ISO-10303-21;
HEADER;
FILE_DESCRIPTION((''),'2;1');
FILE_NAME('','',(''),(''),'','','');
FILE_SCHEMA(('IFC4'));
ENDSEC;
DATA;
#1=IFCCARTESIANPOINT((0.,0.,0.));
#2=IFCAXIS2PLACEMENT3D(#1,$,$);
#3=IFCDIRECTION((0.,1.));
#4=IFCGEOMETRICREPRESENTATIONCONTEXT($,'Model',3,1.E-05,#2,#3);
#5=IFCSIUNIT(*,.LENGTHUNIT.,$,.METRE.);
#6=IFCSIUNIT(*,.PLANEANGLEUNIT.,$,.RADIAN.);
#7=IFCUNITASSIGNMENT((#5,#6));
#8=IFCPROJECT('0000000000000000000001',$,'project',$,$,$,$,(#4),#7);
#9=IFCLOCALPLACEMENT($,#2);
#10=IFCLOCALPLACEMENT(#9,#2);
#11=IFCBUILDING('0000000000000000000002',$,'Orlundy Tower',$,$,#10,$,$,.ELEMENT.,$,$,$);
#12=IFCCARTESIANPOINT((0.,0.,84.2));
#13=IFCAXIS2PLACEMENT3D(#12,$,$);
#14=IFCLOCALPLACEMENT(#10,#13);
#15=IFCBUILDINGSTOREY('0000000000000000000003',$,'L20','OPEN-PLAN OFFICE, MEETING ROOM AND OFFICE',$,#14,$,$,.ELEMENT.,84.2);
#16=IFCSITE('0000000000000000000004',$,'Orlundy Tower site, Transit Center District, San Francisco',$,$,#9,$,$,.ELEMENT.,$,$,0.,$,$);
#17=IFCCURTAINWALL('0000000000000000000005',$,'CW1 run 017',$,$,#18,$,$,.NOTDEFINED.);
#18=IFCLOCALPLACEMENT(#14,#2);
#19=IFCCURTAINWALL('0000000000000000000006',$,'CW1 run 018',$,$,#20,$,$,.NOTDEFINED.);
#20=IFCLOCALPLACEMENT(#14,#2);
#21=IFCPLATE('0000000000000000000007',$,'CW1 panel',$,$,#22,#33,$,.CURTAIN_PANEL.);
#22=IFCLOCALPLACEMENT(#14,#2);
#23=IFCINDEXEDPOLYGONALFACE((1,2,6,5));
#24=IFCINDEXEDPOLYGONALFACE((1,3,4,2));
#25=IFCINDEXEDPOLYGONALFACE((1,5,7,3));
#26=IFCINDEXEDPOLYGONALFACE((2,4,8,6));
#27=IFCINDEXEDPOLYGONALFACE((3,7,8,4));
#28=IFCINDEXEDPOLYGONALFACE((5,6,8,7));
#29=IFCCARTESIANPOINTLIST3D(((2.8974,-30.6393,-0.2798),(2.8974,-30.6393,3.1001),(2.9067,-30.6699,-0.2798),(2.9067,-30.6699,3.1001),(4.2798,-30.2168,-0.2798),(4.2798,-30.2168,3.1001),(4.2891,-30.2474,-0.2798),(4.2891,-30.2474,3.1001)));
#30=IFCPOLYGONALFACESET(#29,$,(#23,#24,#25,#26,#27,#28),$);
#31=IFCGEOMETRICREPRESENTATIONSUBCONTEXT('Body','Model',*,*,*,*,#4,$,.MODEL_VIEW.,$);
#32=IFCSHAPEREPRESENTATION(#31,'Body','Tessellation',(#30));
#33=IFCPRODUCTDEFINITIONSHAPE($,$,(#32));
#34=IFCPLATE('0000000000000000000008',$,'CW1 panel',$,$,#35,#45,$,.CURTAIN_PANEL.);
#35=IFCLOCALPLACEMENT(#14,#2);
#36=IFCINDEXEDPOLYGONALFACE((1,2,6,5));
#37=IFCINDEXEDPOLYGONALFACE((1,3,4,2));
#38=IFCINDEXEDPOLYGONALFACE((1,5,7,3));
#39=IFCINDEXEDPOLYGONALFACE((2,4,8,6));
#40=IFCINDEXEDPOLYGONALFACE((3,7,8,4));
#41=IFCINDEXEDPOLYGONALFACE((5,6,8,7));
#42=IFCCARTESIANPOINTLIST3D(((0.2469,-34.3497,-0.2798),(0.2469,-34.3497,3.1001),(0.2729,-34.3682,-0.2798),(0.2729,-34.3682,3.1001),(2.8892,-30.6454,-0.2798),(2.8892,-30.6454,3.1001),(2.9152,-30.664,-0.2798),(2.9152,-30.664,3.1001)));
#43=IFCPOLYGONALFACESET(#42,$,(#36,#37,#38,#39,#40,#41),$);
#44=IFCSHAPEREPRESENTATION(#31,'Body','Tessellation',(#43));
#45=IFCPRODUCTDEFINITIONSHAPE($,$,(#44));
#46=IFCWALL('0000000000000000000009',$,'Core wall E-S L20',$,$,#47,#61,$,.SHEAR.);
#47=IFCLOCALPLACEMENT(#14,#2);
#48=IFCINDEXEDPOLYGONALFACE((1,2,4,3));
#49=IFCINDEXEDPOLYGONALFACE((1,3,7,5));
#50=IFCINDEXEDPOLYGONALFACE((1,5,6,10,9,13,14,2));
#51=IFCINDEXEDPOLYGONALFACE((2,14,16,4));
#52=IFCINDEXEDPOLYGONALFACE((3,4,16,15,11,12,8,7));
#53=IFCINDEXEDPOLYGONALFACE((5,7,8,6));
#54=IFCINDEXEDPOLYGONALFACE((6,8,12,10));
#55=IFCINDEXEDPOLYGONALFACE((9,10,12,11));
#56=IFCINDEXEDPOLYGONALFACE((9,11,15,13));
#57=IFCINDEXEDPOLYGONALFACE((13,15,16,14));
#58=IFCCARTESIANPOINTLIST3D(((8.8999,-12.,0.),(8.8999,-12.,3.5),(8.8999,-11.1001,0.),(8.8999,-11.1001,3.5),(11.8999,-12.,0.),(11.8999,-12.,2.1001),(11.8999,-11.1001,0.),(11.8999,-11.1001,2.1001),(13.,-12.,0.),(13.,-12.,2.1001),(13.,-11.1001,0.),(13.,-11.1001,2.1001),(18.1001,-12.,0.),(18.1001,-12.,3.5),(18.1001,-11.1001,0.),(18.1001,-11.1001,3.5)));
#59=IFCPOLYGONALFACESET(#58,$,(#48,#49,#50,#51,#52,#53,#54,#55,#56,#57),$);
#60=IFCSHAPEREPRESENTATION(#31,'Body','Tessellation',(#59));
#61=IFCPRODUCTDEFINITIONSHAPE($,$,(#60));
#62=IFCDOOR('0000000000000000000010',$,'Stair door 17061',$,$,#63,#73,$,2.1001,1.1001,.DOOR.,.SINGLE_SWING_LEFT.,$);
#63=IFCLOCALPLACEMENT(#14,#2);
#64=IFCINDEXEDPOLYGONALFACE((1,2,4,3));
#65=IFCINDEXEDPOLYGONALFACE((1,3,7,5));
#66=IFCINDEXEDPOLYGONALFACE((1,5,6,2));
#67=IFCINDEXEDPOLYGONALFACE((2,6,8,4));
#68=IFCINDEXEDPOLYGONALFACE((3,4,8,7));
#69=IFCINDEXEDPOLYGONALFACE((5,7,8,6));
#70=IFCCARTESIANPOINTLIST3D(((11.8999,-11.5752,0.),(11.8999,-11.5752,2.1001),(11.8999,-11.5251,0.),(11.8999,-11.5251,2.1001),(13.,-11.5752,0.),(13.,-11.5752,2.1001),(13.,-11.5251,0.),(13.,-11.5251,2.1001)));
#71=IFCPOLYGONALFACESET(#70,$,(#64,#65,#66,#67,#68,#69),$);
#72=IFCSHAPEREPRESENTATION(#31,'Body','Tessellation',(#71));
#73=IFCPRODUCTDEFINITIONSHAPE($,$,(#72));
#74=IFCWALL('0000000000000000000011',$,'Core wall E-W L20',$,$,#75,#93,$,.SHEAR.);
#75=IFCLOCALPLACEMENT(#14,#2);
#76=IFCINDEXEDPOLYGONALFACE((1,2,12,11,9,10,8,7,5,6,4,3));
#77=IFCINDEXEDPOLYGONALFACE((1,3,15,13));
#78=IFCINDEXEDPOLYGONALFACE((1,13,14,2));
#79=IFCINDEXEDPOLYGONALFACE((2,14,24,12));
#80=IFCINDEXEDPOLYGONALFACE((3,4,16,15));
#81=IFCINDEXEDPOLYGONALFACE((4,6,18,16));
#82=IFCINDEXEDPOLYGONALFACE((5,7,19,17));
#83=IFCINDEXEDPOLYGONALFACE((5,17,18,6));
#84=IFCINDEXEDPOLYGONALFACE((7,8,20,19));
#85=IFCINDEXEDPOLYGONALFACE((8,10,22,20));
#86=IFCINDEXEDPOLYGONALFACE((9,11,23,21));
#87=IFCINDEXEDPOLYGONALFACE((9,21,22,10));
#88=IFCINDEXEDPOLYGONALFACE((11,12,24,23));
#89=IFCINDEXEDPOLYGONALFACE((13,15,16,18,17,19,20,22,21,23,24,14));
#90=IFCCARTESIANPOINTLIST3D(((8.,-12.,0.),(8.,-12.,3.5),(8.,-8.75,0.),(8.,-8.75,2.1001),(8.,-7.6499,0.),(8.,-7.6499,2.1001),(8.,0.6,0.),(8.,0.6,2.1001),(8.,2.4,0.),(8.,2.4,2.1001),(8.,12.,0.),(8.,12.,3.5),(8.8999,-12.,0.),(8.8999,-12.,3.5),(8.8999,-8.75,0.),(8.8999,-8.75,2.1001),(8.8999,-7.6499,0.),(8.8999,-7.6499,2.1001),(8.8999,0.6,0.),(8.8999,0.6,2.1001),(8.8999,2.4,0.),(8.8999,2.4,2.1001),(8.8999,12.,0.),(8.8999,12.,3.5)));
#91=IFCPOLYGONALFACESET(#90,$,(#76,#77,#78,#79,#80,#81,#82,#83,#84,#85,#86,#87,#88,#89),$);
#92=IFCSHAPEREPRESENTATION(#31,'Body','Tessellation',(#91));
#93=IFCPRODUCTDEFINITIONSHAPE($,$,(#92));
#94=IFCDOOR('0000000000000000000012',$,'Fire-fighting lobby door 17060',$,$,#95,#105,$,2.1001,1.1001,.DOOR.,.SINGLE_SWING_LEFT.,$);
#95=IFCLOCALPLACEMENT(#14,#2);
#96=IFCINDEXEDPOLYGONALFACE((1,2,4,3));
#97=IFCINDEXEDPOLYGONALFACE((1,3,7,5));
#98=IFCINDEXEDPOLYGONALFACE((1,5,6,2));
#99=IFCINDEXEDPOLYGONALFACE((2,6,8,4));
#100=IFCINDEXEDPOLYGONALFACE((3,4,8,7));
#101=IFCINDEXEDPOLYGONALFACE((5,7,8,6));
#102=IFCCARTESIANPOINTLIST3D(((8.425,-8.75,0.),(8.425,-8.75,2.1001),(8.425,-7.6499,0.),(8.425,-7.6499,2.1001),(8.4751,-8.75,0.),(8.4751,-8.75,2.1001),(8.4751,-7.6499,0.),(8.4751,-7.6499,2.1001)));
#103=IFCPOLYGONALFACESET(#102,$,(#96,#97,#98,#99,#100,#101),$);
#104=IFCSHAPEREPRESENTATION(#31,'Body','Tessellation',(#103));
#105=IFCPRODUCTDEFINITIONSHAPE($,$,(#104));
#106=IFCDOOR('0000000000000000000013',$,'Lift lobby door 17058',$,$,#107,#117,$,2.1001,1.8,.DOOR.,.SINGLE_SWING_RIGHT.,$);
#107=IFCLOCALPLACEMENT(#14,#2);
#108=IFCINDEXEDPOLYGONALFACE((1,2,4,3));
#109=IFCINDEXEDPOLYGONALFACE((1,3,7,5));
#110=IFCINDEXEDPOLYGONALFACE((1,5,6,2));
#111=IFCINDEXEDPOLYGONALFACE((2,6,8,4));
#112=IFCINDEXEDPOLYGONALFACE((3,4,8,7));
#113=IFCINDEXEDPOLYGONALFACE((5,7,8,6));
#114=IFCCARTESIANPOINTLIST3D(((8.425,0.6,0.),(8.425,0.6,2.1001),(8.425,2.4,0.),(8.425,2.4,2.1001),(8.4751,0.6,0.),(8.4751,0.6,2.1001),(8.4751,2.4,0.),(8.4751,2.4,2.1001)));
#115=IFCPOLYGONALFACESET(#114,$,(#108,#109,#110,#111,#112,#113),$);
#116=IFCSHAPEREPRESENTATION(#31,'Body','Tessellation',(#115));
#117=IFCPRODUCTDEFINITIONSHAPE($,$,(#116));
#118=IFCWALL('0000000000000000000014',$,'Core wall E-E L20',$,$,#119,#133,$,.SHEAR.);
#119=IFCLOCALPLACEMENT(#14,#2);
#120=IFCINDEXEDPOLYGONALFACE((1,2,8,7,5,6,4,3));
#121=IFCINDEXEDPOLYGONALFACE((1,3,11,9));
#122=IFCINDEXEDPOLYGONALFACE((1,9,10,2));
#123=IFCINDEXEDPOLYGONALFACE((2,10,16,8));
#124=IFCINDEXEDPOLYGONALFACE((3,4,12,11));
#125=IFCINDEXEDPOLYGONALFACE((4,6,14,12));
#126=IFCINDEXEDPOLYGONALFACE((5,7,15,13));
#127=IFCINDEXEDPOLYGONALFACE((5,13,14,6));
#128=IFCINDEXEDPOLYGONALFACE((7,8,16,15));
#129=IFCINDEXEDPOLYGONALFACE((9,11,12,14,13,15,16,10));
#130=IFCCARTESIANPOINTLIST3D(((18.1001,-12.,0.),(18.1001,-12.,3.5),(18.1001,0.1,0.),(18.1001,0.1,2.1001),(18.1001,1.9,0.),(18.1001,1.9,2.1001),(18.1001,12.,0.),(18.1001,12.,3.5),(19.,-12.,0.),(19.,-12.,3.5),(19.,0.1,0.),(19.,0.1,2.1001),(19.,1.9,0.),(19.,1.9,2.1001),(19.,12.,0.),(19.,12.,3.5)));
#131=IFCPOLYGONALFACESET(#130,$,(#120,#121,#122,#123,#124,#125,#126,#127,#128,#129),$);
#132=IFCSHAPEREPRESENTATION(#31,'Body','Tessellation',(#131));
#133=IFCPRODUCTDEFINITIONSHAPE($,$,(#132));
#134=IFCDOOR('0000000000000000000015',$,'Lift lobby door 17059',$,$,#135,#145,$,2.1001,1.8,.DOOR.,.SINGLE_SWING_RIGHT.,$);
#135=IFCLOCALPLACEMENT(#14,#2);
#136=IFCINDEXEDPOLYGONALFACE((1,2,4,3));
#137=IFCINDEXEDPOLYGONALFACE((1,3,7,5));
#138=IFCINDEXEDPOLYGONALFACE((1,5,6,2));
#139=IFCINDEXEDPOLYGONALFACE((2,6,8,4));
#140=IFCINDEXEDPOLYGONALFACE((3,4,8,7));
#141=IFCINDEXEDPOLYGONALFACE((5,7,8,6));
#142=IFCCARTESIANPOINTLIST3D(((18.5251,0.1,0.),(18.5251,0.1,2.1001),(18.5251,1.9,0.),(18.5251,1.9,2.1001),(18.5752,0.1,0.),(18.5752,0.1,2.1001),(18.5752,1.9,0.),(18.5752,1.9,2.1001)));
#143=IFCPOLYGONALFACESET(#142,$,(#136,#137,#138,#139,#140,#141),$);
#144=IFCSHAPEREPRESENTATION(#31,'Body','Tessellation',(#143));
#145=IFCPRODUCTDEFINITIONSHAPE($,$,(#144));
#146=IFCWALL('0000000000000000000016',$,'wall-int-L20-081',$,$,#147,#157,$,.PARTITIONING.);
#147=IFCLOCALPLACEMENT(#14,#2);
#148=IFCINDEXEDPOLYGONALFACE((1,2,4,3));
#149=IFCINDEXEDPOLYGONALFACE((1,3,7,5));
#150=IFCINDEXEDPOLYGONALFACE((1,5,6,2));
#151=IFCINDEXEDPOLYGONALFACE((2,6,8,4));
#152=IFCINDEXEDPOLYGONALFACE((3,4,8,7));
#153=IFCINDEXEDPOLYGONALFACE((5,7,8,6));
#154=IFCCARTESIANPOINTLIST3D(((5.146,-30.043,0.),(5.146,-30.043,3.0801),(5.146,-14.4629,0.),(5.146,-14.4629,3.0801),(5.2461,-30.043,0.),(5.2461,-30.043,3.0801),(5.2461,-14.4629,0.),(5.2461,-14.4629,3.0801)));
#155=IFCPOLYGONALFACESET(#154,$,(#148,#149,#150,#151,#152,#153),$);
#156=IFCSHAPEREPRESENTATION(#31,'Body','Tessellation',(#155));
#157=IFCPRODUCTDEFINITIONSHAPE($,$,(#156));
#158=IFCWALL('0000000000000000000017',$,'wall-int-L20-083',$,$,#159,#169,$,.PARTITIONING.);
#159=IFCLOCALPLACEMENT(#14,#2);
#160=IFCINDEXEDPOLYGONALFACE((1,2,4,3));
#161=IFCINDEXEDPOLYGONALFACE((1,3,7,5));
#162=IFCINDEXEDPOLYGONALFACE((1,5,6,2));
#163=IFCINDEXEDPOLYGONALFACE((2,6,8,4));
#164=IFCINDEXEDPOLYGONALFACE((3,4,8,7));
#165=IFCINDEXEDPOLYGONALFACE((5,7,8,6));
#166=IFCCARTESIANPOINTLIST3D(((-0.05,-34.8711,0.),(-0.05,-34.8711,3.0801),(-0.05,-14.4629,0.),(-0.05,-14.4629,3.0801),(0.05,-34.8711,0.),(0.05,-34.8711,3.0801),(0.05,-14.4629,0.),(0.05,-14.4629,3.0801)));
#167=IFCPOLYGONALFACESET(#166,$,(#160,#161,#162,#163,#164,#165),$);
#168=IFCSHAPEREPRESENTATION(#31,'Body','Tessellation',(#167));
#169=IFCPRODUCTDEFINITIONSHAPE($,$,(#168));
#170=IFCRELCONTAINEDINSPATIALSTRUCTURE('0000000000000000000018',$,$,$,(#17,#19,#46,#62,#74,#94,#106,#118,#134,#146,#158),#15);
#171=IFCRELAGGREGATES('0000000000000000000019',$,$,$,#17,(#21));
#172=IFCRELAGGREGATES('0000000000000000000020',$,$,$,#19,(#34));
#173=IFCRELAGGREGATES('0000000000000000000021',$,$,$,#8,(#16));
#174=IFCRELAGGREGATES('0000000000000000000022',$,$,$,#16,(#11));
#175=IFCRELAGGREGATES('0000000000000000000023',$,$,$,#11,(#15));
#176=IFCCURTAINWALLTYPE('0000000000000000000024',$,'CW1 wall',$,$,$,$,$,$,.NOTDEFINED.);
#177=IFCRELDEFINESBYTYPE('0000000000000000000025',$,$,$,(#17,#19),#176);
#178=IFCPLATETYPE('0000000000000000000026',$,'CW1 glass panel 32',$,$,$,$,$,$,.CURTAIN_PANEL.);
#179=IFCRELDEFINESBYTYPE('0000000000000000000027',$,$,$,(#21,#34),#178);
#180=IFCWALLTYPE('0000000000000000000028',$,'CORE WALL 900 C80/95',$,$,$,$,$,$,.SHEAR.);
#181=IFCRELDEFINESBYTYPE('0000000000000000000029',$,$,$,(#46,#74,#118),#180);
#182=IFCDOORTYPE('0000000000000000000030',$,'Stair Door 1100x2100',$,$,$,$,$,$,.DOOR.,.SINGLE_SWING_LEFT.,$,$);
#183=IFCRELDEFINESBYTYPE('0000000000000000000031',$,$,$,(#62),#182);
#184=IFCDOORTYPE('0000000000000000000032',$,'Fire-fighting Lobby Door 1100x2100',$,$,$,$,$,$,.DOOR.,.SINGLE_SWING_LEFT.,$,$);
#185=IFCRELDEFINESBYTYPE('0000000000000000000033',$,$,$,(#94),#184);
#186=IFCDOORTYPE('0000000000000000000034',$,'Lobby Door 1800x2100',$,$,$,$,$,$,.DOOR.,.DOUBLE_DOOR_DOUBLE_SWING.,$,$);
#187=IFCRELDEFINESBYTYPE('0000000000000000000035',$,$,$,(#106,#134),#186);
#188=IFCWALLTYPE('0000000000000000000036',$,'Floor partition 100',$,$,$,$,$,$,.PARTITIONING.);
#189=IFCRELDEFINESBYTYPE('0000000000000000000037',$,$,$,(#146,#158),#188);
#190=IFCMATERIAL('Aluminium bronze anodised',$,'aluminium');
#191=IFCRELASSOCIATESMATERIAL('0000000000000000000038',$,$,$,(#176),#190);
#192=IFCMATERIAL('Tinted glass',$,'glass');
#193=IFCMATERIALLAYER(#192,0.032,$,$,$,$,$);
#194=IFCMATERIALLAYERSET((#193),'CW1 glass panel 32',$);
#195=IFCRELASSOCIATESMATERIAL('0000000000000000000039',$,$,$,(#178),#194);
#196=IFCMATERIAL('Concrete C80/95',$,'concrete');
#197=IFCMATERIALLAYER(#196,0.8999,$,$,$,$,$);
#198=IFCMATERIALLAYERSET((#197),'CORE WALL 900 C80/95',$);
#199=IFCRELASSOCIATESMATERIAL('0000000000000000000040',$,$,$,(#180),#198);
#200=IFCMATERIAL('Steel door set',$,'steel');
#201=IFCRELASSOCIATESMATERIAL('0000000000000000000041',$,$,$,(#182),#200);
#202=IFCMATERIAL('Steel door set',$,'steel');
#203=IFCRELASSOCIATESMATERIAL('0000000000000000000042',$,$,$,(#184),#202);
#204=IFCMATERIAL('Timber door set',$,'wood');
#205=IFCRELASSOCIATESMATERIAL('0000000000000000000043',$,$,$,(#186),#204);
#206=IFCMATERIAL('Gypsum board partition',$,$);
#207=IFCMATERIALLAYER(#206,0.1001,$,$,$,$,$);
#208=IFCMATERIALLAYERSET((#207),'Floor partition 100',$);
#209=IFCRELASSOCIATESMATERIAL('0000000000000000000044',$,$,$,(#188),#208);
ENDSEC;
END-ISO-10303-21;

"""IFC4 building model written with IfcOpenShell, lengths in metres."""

from ifc_helpers import new_model, si_unit, direction, frame, frame_2d, origin, origin_2d, place, context, subcontext, project, spatial, rectangle, extrude, material, layer, layer_set, type_object, element, fill, aggregate, save


model = new_model("IFC4")

# Units and contexts
model_context = context("Model", 3, precision=1e-05, world=origin(), true_north=direction((0.0, 1.0)))
body_context = subcontext(model_context, "Body", "Model", "MODEL_VIEW")
ifc_project = project(units=[si_unit("LENGTHUNIT", "METRE"), si_unit("PLANEANGLEUNIT", "RADIAN")], contexts=[model_context])

# Site, building, storey
site_placement = place(None, origin())
site = spatial("IfcSite", under=ifc_project, at=site_placement, Name="Orlundy Tower site, Transit Center District, San Francisco", CompositionType="ELEMENT", RefElevation=0.0)
building_placement = place(site_placement, origin())
building = spatial("IfcBuilding", under=site, at=building_placement, Name="Orlundy Tower", CompositionType="ELEMENT")
storey_placement = place(building_placement, frame((0.0, 0.0, 84.2)))
storey = spatial("IfcBuildingStorey", under=building, at=storey_placement, Name="L20", Description="OPEN-PLAN OFFICE, MEETING ROOM AND OFFICE", CompositionType="ELEMENT", Elevation=84.2)

# Curtain walls
ifc_material_1 = material(Name="Aluminium bronze anodised", Category="aluminium")
curtain_wall_type = type_object("IfcCurtainWallType", Name="CW1 wall", PredefinedType="NOTDEFINED", material=ifc_material_1)
curtain_wall_1_placement = place(storey_placement, origin())
curtain_wall_1 = element("IfcCurtainWall", 1, at=curtain_wall_1_placement, inside=storey, type_object=curtain_wall_type, Name="CW1 run 017", PredefinedType="NOTDEFINED")
curtain_wall_2_placement = place(storey_placement, origin())
curtain_wall_2 = element("IfcCurtainWall", 2, at=curtain_wall_2_placement, inside=storey, type_object=curtain_wall_type, Name="CW1 run 018", PredefinedType="NOTDEFINED")

# Shared definitions
ifc_material_2 = material(Name="Tinted glass", Category="glass")
ifc_layer_1 = layer(ifc_material_2, 0.032)
ifc_layer_set_1 = layer_set([ifc_layer_1], Name="CW1 glass panel 32")
plate_type = type_object("IfcPlateType", Name="CW1 glass panel 32", PredefinedType="CURTAIN_PANEL", material=ifc_layer_set_1)

# Plates
plate_1_placement = place(storey_placement, frame((3.5933, -30.4434, -0.2798), z_axis=(0.0, 0.0, 1.0), x_axis=(-0.956321, -0.292318, 0.0)))
plate_1 = element("IfcPlate", 3, at=plate_1_placement, type_object=plate_type, Name="CW1 panel", PredefinedType="CURTAIN_PANEL", context=body_context, shape_type="SweptSolid", body=[
    extrude(rectangle(XDim=1.4456, YDim=0.032, at=origin_2d()), origin(), (0.0, 0.0, 1.0), 3.3799),
])
aggregate(curtain_wall_1, [plate_1])
plate_2_placement = place(storey_placement, frame((1.5811, -32.5068, -0.2798), z_axis=(0.0, 0.0, 1.0), x_axis=(-0.58071, -0.81411, 0.0)))
plate_2 = element("IfcPlate", 4, at=plate_2_placement, type_object=plate_type, Name="CW1 panel", PredefinedType="CURTAIN_PANEL", context=body_context, shape_type="SweptSolid", body=[
    extrude(rectangle(XDim=4.55, YDim=0.032, at=origin_2d()), origin(), (0.0, 0.0, 1.0), 3.3799),
])
aggregate(curtain_wall_2, [plate_2])

# Wall, opening, door
ifc_material_3 = material(Name="Concrete C80/95", Category="concrete")
ifc_layer_2 = layer(ifc_material_3, 0.8999)
ifc_layer_set_2 = layer_set([ifc_layer_2], Name="CORE WALL 900 C80/95")
wall_type_1 = type_object("IfcWallType", Name="CORE WALL 900 C80/95", PredefinedType="SHEAR", material=ifc_layer_set_2)
wall_1_placement = place(storey_placement, frame((8.8999, -11.55, 0.0), z_axis=(0.0, 0.0, 1.0), x_axis=(1.0, 0.0, 0.0)))
wall_1 = element("IfcWall", 5, at=wall_1_placement, inside=storey, type_object=wall_type_1, Name="Core wall E-S L20", PredefinedType="SHEAR", context=body_context, shape_type="SweptSolid", body=[
    extrude(rectangle(XDim=9.2002, YDim=0.8999, at=frame_2d((4.6001, 0.0))), origin(), (0.0, 0.0, 1.0), 3.5),
])
opening_1_placement = place(wall_1_placement, frame((3.0, 0.0, 0.0)))
opening_1 = element("IfcOpeningElement", 6, at=opening_1_placement, cuts=wall_1, PredefinedType="OPENING", context=body_context, shape_type="SweptSolid", body=[
    extrude(rectangle(XDim=1.1001, YDim=2.1001, at=frame_2d((0.55, 1.05))), frame((0.0, 0.46, 0.0), z_axis=(0.0, -1.0, 0.0), x_axis=(1.0, 0.0, 0.0)), (0.0, 0.0, 1.0), 0.9199),
])
ifc_material_4 = material(Name="Steel door set", Category="steel")
door_type_1 = type_object("IfcDoorType", Name="Stair Door 1100x2100", OperationType="SINGLE_SWING_LEFT", PredefinedType="DOOR", material=ifc_material_4)
door_1_placement = place(opening_1_placement, origin())
door_1 = element("IfcDoor", 7, at=door_1_placement, inside=storey, type_object=door_type_1, Name="Stair door 17061", OperationType="SINGLE_SWING_LEFT", OverallHeight=2.1001, OverallWidth=1.1001, PredefinedType="DOOR", context=body_context, shape_type="SweptSolid", body=[
    extrude(rectangle(XDim=1.1001, YDim=2.1001, at=frame_2d((0.55, 1.05))), frame((0.0, 0.0249, 0.0), z_axis=(0.0, -1.0, 0.0), x_axis=(1.0, 0.0, 0.0)), (0.0, 0.0, 1.0), 0.05),
])
fill(opening_1, door_1)

# Wall, openings, doors
wall_2_placement = place(storey_placement, frame((8.45, -12.0, 0.0), z_axis=(0.0, 0.0, 1.0), x_axis=(0.0, 1.0, 0.0)))
wall_2 = element("IfcWall", 8, at=wall_2_placement, inside=storey, type_object=wall_type_1, Name="Core wall E-W L20", PredefinedType="SHEAR", context=body_context, shape_type="SweptSolid", body=[
    extrude(rectangle(XDim=24.0, YDim=0.8999, at=frame_2d((12.0, 0.0))), origin(), (0.0, 0.0, 1.0), 3.5),
])
opening_2_placement = place(wall_2_placement, frame((12.6001, 0.0, 0.0)))
opening_2 = element("IfcOpeningElement", 9, at=opening_2_placement, cuts=wall_2, PredefinedType="OPENING", context=body_context, shape_type="SweptSolid", body=[
    extrude(rectangle(XDim=1.8, YDim=2.1001, at=frame_2d((0.8999, 1.05))), frame((0.0, 0.46, 0.0), z_axis=(0.0, -1.0, 0.0), x_axis=(1.0, 0.0, 0.0)), (0.0, 0.0, 1.0), 0.9199),
])
opening_3_placement = place(wall_2_placement, frame((3.25, 0.0, 0.0)))
opening_3 = element("IfcOpeningElement", 10, at=opening_3_placement, cuts=wall_2, PredefinedType="OPENING", context=body_context, shape_type="SweptSolid", body=[
    extrude(rectangle(XDim=1.1001, YDim=2.1001, at=frame_2d((0.55, 1.05))), frame((0.0, 0.46, 0.0), z_axis=(0.0, -1.0, 0.0), x_axis=(1.0, 0.0, 0.0)), (0.0, 0.0, 1.0), 0.9199),
])
ifc_material_5 = material(Name="Steel door set", Category="steel")
door_type_2 = type_object("IfcDoorType", Name="Fire-fighting Lobby Door 1100x2100", OperationType="SINGLE_SWING_LEFT", PredefinedType="DOOR", material=ifc_material_5)
door_2_placement = place(opening_3_placement, origin())
door_2 = element("IfcDoor", 11, at=door_2_placement, inside=storey, type_object=door_type_2, Name="Fire-fighting lobby door 17060", OperationType="SINGLE_SWING_LEFT", OverallHeight=2.1001, OverallWidth=1.1001, PredefinedType="DOOR", context=body_context, shape_type="SweptSolid", body=[
    extrude(rectangle(XDim=1.1001, YDim=2.1001, at=frame_2d((0.55, 1.05))), frame((0.0, 0.0249, 0.0), z_axis=(0.0, -1.0, 0.0), x_axis=(1.0, 0.0, 0.0)), (0.0, 0.0, 1.0), 0.05),
])
fill(opening_3, door_2)
ifc_material_6 = material(Name="Timber door set", Category="wood")
door_type_3 = type_object("IfcDoorType", Name="Lobby Door 1800x2100", OperationType="DOUBLE_DOOR_DOUBLE_SWING", PredefinedType="DOOR", material=ifc_material_6)
door_3_placement = place(opening_2_placement, origin())
door_3 = element("IfcDoor", 12, at=door_3_placement, inside=storey, type_object=door_type_3, Name="Lift lobby door 17058", OperationType="SINGLE_SWING_RIGHT", OverallHeight=2.1001, OverallWidth=1.8, PredefinedType="DOOR", context=body_context, shape_type="SweptSolid", body=[
    extrude(rectangle(XDim=1.8, YDim=2.1001, at=frame_2d((0.8999, 1.05))), frame((0.0, 0.0249, 0.0), z_axis=(0.0, -1.0, 0.0), x_axis=(1.0, 0.0, 0.0)), (0.0, 0.0, 1.0), 0.05),
])
fill(opening_2, door_3)

# Wall, opening, door
wall_3_placement = place(storey_placement, frame((18.55, -12.0, 0.0), z_axis=(0.0, 0.0, 1.0), x_axis=(0.0, 1.0, 0.0)))
wall_3 = element("IfcWall", 13, at=wall_3_placement, inside=storey, type_object=wall_type_1, Name="Core wall E-E L20", PredefinedType="SHEAR", context=body_context, shape_type="SweptSolid", body=[
    extrude(rectangle(XDim=24.0, YDim=0.8999, at=frame_2d((12.0, 0.0))), origin(), (0.0, 0.0, 1.0), 3.5),
])
opening_4_placement = place(wall_3_placement, frame((12.1001, 0.0, 0.0)))
opening_4 = element("IfcOpeningElement", 14, at=opening_4_placement, cuts=wall_3, PredefinedType="OPENING", context=body_context, shape_type="SweptSolid", body=[
    extrude(rectangle(XDim=1.8, YDim=2.1001, at=frame_2d((0.8999, 1.05))), frame((0.0, 0.46, 0.0), z_axis=(0.0, -1.0, 0.0), x_axis=(1.0, 0.0, 0.0)), (0.0, 0.0, 1.0), 0.9199),
])
door_4_placement = place(opening_4_placement, origin())
door_4 = element("IfcDoor", 15, at=door_4_placement, inside=storey, type_object=door_type_3, Name="Lift lobby door 17059", OperationType="SINGLE_SWING_RIGHT", OverallHeight=2.1001, OverallWidth=1.8, PredefinedType="DOOR", context=body_context, shape_type="SweptSolid", body=[
    extrude(rectangle(XDim=1.8, YDim=2.1001, at=frame_2d((0.8999, 1.05))), frame((0.0, 0.0249, 0.0), z_axis=(0.0, -1.0, 0.0), x_axis=(1.0, 0.0, 0.0)), (0.0, 0.0, 1.0), 0.05),
])
fill(opening_4, door_4)

# Walls
ifc_material_7 = material(Name="Gypsum board partition")
ifc_layer_3 = layer(ifc_material_7, 0.1001)
ifc_layer_set_3 = layer_set([ifc_layer_3], Name="Floor partition 100")
wall_type_2 = type_object("IfcWallType", Name="Floor partition 100", PredefinedType="PARTITIONING", material=ifc_layer_set_3)
wall_4_placement = place(storey_placement, frame((5.196, -30.043, 0.0), z_axis=(0.0, 0.0, 1.0), x_axis=(0.0, 1.0, 0.0)))
element("IfcWall", 16, at=wall_4_placement, inside=storey, type_object=wall_type_2, Name="wall-int-L20-081", PredefinedType="PARTITIONING", context=body_context, shape_type="SweptSolid", body=[
    extrude(rectangle(XDim=15.5801, YDim=0.1001, at=frame_2d((7.79, 0.0))), origin(), (0.0, 0.0, 1.0), 3.0801),
])
wall_5_placement = place(storey_placement, frame((0.0, -34.8711, 0.0), z_axis=(0.0, 0.0, 1.0), x_axis=(0.0, 1.0, 0.0)))
element("IfcWall", 17, at=wall_5_placement, inside=storey, type_object=wall_type_2, Name="wall-int-L20-083", PredefinedType="PARTITIONING", context=body_context, shape_type="SweptSolid", body=[
    extrude(rectangle(XDim=20.4082, YDim=0.1001, at=frame_2d((10.2041, 0.0))), origin(), (0.0, 0.0, 1.0), 3.0801),
])

save(model, "model.ifc")
